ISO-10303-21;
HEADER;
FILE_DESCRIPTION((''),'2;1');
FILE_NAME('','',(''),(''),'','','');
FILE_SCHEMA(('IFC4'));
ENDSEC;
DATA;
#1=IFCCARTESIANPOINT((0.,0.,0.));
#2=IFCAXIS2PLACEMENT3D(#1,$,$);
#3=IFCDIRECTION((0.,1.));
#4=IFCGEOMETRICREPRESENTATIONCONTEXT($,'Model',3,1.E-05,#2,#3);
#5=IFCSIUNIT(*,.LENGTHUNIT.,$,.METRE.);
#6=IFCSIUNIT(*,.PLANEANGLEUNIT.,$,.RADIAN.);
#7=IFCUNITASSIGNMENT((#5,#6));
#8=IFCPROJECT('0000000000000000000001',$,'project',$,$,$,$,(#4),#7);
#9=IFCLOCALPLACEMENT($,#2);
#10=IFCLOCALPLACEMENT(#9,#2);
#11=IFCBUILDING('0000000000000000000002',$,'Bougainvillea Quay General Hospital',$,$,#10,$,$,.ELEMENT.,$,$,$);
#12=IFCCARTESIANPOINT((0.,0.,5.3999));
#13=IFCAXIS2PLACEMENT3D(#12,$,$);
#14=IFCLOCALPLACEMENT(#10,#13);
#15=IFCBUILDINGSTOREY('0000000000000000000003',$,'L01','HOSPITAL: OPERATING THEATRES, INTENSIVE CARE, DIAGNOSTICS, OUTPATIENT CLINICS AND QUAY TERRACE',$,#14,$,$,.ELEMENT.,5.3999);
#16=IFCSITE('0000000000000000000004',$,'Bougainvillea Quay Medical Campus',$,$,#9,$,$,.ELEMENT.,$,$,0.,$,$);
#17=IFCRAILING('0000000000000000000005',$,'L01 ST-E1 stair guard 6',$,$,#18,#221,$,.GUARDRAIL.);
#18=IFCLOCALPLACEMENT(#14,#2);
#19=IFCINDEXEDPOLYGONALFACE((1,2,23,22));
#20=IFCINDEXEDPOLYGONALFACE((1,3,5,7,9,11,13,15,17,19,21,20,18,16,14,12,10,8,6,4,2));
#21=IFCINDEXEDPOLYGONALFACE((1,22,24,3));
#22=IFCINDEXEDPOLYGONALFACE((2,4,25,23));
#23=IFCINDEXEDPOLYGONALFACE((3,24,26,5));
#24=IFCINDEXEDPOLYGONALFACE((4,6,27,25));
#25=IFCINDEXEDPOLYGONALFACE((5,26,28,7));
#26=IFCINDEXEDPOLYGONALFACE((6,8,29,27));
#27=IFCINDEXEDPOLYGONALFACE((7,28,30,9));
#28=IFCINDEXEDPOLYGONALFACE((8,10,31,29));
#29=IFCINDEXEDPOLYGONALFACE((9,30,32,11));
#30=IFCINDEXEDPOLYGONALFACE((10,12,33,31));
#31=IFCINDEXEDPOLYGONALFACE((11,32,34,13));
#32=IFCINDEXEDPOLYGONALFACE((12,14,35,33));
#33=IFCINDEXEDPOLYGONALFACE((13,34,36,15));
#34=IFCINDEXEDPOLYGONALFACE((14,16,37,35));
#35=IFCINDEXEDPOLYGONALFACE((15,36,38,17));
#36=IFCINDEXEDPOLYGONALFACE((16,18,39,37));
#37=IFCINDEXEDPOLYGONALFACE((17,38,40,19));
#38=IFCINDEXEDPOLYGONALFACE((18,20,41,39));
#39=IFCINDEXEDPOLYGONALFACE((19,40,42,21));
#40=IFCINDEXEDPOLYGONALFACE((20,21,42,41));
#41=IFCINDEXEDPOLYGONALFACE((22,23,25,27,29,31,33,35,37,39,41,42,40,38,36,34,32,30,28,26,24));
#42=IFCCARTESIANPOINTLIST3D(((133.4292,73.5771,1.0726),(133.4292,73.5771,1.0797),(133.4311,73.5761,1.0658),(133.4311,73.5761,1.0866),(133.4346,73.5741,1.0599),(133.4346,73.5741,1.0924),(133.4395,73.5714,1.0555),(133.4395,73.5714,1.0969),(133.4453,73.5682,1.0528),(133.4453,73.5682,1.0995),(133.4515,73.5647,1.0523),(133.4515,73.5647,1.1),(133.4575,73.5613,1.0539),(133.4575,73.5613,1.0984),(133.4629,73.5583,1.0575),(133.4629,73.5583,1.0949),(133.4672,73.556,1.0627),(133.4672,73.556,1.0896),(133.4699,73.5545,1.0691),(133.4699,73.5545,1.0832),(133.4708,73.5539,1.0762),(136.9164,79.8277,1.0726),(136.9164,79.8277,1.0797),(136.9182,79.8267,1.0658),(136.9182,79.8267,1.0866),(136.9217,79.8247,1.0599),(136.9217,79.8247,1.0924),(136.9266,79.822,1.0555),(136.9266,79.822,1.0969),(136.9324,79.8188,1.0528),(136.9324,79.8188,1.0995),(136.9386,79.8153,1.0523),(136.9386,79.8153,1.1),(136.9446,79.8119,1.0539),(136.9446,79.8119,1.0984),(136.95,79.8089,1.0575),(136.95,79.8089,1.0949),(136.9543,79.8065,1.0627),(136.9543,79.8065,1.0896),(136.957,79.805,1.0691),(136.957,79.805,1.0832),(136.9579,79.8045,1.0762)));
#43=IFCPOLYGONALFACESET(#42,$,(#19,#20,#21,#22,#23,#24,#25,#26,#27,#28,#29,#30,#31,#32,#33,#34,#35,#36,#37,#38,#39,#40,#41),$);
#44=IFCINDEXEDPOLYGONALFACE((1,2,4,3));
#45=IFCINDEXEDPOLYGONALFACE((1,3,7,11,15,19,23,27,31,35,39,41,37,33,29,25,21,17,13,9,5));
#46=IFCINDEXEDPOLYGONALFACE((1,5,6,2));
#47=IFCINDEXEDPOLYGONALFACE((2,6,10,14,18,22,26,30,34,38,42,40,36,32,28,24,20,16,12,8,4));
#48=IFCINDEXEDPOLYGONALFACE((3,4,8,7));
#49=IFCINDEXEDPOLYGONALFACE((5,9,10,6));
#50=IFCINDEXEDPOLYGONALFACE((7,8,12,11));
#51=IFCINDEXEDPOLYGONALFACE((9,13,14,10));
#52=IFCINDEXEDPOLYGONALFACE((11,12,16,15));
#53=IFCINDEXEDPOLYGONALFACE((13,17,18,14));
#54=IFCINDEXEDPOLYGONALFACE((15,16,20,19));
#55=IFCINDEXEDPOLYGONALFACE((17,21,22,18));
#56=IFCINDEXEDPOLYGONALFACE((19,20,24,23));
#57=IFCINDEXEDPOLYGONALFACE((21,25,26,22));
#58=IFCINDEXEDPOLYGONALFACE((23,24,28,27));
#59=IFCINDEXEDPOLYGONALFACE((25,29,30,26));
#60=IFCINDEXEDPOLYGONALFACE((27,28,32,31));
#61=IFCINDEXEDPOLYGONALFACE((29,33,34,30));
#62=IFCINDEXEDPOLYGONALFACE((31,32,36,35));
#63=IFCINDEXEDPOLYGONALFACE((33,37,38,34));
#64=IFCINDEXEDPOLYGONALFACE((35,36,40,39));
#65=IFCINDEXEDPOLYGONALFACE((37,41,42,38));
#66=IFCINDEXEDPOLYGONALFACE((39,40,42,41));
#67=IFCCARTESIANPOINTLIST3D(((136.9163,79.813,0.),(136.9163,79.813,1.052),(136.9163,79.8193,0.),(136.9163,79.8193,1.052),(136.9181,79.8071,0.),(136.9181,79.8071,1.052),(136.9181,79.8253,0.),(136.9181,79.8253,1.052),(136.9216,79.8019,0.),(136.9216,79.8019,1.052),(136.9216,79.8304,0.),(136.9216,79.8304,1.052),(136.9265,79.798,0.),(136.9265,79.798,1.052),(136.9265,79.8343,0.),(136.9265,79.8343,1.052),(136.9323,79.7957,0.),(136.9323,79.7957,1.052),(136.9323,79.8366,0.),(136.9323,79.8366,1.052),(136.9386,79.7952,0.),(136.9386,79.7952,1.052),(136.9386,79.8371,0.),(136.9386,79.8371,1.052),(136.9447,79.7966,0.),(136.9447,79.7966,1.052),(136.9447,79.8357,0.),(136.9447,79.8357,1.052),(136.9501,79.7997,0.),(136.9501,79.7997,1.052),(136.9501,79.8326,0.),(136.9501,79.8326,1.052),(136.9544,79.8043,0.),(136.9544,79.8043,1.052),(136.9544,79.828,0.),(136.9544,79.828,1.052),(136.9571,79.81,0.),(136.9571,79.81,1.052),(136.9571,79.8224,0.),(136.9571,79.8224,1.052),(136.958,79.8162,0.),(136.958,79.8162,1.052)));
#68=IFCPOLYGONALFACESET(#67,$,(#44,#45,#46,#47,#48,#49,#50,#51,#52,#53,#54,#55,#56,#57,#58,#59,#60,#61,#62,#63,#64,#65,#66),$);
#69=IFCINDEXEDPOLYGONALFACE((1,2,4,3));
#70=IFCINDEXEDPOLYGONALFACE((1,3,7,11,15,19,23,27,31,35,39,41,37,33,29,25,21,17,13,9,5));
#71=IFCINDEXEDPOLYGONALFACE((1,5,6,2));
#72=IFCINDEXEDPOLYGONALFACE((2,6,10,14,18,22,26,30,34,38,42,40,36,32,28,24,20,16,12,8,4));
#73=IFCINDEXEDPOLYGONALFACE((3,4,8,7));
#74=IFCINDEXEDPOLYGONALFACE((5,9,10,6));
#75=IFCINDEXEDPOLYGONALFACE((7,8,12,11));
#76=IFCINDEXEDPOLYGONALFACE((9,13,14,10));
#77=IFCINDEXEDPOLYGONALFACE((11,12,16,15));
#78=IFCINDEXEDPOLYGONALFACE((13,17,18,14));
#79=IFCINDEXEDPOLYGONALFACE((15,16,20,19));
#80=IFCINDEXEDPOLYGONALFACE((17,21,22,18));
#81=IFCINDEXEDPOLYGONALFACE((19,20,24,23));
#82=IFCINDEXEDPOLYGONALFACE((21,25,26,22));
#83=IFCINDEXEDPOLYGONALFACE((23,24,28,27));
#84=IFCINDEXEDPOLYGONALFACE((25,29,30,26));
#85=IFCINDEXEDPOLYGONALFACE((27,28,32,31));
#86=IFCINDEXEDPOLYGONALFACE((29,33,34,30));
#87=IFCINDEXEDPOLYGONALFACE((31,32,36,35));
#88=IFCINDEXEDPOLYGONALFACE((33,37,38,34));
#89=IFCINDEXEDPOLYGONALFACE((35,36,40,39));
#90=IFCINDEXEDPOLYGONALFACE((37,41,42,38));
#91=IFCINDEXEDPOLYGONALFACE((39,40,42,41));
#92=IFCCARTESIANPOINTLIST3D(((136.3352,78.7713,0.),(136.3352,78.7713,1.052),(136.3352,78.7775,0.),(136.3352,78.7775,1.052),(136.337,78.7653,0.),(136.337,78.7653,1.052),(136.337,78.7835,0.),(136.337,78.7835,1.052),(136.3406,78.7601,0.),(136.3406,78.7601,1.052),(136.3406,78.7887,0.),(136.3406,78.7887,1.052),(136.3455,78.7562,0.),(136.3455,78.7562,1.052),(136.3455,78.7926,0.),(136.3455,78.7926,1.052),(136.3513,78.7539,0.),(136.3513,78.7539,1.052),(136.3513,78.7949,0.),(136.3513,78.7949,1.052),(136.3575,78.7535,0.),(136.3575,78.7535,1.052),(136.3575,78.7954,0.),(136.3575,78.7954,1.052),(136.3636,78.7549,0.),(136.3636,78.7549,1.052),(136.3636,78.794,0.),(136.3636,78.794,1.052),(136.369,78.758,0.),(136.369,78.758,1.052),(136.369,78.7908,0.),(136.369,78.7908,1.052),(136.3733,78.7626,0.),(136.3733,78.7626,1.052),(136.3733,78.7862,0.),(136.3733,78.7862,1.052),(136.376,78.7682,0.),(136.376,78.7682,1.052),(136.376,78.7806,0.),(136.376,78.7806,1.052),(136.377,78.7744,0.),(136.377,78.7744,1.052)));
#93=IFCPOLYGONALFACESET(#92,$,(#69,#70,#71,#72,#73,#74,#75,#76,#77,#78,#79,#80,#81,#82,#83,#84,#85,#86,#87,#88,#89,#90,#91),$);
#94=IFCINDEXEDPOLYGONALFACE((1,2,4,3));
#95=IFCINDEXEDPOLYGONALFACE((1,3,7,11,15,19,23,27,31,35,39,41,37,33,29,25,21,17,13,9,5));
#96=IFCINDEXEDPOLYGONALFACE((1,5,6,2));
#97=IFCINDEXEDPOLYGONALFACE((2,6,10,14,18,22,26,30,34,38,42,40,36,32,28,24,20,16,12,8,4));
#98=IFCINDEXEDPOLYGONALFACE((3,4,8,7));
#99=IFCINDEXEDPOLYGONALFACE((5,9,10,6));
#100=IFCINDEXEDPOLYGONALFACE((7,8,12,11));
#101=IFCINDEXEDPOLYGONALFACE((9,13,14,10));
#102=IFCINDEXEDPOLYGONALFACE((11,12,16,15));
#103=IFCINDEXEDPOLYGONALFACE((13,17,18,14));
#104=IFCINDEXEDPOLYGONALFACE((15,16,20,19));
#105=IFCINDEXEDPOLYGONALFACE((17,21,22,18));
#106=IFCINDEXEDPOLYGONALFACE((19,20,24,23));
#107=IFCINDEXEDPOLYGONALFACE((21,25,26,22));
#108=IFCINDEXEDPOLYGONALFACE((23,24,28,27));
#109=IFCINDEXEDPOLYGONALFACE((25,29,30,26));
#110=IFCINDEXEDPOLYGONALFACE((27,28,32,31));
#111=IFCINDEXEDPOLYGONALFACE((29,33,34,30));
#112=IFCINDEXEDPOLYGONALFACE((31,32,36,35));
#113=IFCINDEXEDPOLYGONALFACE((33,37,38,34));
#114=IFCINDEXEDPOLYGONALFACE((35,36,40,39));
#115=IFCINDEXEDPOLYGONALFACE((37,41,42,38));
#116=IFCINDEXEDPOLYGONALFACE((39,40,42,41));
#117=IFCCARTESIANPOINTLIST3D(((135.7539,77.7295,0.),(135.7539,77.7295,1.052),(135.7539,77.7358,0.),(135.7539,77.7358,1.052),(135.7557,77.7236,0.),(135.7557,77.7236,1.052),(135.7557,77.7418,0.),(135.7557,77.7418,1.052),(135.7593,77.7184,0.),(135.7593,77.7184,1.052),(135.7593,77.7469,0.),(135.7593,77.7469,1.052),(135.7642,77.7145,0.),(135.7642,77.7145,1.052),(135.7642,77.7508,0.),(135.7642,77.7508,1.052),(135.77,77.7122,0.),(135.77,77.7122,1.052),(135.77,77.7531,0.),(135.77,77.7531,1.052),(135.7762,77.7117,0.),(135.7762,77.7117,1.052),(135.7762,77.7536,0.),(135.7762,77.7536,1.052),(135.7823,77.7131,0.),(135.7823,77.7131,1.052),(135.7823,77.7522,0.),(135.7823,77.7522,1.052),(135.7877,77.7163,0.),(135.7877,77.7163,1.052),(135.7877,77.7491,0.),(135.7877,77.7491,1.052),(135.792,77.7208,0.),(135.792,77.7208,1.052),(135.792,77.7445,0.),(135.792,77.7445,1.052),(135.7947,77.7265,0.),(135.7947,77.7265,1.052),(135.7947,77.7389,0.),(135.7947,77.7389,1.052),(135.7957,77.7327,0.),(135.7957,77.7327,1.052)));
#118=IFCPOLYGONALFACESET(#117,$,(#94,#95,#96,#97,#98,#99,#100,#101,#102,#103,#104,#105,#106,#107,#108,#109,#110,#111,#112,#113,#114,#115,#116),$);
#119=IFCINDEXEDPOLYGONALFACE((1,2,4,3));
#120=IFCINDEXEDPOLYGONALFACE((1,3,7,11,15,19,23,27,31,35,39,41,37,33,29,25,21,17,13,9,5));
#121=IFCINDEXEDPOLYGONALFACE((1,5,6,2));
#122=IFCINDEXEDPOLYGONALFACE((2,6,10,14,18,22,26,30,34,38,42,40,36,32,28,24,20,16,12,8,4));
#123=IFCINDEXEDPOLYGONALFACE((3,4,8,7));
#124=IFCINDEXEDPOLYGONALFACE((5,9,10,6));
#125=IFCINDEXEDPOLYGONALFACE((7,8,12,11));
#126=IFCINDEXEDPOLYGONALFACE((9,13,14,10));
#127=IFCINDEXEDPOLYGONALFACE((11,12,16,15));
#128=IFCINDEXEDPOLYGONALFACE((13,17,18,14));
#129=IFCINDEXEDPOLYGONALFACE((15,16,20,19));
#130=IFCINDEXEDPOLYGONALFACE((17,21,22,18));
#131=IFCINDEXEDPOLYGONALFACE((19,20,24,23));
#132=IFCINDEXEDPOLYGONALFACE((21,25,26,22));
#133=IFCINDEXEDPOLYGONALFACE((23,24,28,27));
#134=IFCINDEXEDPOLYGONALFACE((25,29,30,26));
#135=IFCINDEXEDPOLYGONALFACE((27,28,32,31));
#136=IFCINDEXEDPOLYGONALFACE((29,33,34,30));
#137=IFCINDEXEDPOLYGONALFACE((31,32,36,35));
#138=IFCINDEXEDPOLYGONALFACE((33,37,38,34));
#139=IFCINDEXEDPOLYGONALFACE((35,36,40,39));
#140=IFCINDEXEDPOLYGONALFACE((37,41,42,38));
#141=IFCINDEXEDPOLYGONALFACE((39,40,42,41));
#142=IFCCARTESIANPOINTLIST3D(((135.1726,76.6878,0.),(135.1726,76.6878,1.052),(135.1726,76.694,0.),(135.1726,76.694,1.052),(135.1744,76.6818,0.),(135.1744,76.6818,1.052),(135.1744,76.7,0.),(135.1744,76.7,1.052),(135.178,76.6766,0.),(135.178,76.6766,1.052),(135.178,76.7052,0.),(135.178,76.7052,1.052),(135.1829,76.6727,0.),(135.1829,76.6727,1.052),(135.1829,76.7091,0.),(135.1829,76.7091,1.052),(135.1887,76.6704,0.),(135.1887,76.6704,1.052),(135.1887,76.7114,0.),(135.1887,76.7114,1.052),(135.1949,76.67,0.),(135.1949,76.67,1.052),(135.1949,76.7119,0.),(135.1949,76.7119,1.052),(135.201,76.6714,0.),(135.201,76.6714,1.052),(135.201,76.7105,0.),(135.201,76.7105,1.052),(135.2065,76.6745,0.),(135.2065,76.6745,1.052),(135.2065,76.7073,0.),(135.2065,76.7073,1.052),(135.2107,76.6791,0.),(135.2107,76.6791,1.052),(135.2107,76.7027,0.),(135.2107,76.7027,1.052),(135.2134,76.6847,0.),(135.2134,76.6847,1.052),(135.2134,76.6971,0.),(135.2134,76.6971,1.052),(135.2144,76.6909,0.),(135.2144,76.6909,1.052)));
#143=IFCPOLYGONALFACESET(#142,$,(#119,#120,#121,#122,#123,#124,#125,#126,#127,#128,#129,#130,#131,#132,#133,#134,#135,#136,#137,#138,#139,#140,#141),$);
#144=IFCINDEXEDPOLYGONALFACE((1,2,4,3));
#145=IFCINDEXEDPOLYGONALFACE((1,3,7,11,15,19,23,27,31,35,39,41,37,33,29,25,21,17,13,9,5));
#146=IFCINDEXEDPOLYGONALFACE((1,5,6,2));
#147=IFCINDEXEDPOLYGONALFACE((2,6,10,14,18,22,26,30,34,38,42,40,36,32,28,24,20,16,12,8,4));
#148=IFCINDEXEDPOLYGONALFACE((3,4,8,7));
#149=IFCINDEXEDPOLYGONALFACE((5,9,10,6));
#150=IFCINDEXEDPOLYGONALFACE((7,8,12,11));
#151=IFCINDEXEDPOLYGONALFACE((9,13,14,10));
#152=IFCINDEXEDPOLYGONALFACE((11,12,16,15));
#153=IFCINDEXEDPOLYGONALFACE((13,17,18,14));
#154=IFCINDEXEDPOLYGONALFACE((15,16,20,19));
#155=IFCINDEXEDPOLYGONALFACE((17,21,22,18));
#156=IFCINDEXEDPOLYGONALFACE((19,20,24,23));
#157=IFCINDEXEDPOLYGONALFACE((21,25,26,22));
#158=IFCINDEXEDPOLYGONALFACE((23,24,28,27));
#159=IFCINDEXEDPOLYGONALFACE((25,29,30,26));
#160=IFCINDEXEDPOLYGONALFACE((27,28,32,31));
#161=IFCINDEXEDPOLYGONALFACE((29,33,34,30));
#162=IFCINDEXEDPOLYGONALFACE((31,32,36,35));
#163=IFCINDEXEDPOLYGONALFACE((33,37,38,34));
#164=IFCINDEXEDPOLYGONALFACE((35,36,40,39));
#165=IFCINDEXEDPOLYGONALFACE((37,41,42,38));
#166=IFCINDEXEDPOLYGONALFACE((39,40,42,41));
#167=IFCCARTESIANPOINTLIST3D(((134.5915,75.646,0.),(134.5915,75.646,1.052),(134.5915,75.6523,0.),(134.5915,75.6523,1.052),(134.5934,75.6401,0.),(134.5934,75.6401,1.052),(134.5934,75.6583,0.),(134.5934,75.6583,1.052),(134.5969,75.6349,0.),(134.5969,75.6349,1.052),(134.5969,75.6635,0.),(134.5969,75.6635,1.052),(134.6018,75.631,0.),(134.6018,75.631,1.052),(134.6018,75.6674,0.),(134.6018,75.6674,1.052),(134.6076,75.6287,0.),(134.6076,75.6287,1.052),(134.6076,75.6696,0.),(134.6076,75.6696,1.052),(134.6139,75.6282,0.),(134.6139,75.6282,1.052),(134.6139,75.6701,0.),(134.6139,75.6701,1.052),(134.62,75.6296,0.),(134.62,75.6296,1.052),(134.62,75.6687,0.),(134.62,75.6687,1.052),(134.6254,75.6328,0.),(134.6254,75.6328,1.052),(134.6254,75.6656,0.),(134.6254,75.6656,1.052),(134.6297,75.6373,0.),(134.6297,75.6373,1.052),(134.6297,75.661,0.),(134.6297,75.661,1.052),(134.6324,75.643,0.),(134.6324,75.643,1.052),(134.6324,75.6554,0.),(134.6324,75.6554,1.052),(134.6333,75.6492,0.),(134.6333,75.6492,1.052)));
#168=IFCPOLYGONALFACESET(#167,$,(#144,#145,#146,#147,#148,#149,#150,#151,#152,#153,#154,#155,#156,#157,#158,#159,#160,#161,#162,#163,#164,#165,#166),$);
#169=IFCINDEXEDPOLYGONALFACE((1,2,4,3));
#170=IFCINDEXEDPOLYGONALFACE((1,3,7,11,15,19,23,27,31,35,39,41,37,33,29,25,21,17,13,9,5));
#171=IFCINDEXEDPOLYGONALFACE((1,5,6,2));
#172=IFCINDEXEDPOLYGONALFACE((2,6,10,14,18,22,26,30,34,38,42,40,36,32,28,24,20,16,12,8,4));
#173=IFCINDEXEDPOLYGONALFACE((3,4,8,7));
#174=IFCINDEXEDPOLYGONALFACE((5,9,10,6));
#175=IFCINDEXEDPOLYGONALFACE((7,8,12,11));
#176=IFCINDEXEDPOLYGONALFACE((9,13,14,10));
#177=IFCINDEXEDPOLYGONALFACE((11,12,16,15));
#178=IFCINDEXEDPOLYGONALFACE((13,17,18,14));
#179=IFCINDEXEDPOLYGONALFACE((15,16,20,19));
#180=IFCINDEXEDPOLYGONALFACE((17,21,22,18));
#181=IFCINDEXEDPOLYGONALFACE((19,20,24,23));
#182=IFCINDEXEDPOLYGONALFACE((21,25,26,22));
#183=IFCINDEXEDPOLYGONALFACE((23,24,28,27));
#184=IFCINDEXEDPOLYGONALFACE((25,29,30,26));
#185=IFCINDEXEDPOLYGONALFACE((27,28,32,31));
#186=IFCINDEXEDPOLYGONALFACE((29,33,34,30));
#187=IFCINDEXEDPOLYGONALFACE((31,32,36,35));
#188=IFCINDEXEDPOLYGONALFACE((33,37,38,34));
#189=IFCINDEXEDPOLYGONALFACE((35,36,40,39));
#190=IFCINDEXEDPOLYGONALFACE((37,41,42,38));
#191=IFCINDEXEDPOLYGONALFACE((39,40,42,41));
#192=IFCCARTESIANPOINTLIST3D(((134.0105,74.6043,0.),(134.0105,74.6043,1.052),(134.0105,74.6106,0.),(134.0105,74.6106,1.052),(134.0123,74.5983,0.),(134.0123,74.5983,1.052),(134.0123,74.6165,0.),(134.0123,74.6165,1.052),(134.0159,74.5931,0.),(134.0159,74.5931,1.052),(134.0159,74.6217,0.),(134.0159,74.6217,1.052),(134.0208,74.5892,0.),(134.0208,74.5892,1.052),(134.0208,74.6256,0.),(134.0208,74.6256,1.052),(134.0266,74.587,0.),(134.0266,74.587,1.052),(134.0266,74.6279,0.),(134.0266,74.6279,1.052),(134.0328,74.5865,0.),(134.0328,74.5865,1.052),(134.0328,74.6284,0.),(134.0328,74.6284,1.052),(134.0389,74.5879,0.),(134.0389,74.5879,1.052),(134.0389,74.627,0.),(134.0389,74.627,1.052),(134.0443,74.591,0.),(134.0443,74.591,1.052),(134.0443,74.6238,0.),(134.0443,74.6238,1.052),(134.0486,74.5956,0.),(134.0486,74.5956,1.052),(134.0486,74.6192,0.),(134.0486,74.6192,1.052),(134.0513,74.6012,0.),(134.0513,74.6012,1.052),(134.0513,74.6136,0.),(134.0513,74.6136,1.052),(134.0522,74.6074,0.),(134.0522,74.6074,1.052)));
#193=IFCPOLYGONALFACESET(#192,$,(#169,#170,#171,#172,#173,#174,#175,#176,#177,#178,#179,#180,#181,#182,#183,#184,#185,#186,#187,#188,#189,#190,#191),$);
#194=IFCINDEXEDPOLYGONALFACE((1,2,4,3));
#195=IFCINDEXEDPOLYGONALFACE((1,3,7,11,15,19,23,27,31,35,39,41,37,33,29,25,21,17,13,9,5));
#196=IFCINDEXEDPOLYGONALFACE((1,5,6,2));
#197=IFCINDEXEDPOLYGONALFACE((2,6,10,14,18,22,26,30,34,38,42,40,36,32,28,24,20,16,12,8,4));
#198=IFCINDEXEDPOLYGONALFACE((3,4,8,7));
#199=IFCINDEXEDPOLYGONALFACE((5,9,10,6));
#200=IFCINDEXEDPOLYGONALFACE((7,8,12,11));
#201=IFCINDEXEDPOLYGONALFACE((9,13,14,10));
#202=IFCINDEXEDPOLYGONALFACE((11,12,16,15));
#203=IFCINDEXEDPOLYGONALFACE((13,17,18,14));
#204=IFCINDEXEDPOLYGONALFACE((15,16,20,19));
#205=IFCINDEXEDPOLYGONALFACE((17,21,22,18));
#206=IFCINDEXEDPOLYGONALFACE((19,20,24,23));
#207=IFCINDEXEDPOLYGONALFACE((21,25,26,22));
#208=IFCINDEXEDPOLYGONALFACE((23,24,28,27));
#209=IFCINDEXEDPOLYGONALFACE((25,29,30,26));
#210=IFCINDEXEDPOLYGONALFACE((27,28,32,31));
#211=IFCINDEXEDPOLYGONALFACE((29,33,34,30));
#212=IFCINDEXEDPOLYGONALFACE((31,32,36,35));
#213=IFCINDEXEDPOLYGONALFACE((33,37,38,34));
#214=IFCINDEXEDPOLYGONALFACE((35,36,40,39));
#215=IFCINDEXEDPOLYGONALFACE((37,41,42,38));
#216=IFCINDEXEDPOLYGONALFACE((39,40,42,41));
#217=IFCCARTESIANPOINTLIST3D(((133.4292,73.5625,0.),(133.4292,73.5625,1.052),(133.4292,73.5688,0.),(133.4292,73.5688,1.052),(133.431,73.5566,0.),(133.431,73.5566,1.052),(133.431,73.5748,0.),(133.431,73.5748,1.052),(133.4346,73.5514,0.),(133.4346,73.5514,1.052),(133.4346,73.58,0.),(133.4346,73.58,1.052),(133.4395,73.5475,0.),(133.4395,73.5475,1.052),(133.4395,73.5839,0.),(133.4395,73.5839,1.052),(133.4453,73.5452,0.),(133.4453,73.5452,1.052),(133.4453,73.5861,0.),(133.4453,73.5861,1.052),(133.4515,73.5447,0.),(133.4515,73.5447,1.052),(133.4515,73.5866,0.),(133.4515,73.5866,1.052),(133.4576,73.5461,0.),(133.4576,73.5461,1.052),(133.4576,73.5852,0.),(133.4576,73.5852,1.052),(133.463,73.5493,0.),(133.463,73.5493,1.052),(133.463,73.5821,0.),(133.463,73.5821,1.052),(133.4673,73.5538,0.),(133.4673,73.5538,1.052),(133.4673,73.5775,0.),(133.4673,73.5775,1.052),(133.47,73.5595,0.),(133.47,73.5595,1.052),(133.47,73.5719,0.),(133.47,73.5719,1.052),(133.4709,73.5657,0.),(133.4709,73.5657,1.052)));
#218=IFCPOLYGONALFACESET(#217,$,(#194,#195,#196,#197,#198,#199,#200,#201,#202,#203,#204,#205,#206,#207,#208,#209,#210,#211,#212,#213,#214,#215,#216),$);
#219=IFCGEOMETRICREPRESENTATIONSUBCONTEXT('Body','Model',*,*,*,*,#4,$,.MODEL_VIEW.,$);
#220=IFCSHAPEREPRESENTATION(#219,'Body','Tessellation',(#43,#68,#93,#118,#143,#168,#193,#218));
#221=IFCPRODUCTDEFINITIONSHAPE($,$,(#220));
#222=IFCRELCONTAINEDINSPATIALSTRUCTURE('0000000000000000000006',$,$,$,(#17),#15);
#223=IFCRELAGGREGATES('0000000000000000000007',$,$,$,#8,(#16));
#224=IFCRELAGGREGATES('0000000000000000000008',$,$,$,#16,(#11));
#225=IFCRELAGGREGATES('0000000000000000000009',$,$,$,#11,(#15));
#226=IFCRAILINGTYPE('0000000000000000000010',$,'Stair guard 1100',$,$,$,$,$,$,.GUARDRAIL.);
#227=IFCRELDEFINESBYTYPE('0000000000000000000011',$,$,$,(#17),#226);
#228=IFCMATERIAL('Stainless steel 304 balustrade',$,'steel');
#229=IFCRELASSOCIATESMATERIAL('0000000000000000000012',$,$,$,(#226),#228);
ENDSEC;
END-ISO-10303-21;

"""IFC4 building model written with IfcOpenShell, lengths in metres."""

from ifc_helpers import new_model, si_unit, direction, frame, origin, origin_2d, place, context, subcontext, project, spatial, circle, extrude, material, type_object, element, save


model = new_model("IFC4")

# Units and contexts
model_context = context("Model", 3, precision=1e-05, world=origin(), true_north=direction((0.0, 1.0)))
body_context = subcontext(model_context, "Body", "Model", "MODEL_VIEW")
ifc_project = project(units=[si_unit("LENGTHUNIT", "METRE"), si_unit("PLANEANGLEUNIT", "RADIAN")], contexts=[model_context])

# Site, building, storey
site_placement = place(None, origin())
site = spatial("IfcSite", under=ifc_project, at=site_placement, Name="Bougainvillea Quay Medical Campus", CompositionType="ELEMENT", RefElevation=0.0)
building_placement = place(site_placement, origin())
building = spatial("IfcBuilding", under=site, at=building_placement, Name="Bougainvillea Quay General Hospital", CompositionType="ELEMENT")
storey_placement = place(building_placement, frame((0.0, 0.0, 5.3999)))
storey = spatial("IfcBuildingStorey", under=building, at=storey_placement, Name="L01", Description="HOSPITAL: OPERATING THEATRES, INTENSIVE CARE, DIAGNOSTICS, OUTPATIENT CLINICS AND QUAY TERRACE", CompositionType="ELEMENT", Elevation=5.3999)

# Railing
ifc_material_1 = material(Name="Stainless steel 304 balustrade", Category="steel")
railing_type = type_object("IfcRailingType", Name="Stair guard 1100", PredefinedType="GUARDRAIL", material=ifc_material_1)
railing_1_placement = place(storey_placement, frame((136.937, 79.8162, 0.0)))
element("IfcRailing", 1, at=railing_1_placement, inside=storey, type_object=railing_type, Name="L01 ST-E1 stair guard 6", PredefinedType="GUARDRAIL", context=body_context, shape_type="SweptSolid", body=[
    extrude(circle(Radius=0.0239, at=origin_2d()), frame((0.0, 0.0, 1.0762), z_axis=(-0.487197, -0.873292, 0.0), x_axis=(0.873292, -0.487197, 0.0)), (0.0, 0.0, 1.0), 7.1575),
    extrude(circle(Radius=0.021, at=origin_2d()), origin(), (0.0, 0.0, 1.0), 1.052),
    extrude(circle(Radius=0.021, at=origin_2d()), frame((-0.5811, -1.0417, 0.0)), (0.0, 0.0, 1.0), 1.052),
    extrude(circle(Radius=0.021, at=origin_2d()), frame((-1.1624, -2.0835, 0.0)), (0.0, 0.0, 1.0), 1.052),
    extrude(circle(Radius=0.021, at=origin_2d()), frame((-1.7437, -3.1252, 0.0)), (0.0, 0.0, 1.0), 1.052),
    extrude(circle(Radius=0.021, at=origin_2d()), frame((-2.3247, -4.167, 0.0)), (0.0, 0.0, 1.0), 1.052),
    extrude(circle(Radius=0.021, at=origin_2d()), frame((-2.9058, -5.2087, 0.0)), (0.0, 0.0, 1.0), 1.052),
    extrude(circle(Radius=0.021, at=origin_2d()), frame((-3.4871, -6.2505, 0.0)), (0.0, 0.0, 1.0), 1.052),
])

save(model, "model.ifc")
